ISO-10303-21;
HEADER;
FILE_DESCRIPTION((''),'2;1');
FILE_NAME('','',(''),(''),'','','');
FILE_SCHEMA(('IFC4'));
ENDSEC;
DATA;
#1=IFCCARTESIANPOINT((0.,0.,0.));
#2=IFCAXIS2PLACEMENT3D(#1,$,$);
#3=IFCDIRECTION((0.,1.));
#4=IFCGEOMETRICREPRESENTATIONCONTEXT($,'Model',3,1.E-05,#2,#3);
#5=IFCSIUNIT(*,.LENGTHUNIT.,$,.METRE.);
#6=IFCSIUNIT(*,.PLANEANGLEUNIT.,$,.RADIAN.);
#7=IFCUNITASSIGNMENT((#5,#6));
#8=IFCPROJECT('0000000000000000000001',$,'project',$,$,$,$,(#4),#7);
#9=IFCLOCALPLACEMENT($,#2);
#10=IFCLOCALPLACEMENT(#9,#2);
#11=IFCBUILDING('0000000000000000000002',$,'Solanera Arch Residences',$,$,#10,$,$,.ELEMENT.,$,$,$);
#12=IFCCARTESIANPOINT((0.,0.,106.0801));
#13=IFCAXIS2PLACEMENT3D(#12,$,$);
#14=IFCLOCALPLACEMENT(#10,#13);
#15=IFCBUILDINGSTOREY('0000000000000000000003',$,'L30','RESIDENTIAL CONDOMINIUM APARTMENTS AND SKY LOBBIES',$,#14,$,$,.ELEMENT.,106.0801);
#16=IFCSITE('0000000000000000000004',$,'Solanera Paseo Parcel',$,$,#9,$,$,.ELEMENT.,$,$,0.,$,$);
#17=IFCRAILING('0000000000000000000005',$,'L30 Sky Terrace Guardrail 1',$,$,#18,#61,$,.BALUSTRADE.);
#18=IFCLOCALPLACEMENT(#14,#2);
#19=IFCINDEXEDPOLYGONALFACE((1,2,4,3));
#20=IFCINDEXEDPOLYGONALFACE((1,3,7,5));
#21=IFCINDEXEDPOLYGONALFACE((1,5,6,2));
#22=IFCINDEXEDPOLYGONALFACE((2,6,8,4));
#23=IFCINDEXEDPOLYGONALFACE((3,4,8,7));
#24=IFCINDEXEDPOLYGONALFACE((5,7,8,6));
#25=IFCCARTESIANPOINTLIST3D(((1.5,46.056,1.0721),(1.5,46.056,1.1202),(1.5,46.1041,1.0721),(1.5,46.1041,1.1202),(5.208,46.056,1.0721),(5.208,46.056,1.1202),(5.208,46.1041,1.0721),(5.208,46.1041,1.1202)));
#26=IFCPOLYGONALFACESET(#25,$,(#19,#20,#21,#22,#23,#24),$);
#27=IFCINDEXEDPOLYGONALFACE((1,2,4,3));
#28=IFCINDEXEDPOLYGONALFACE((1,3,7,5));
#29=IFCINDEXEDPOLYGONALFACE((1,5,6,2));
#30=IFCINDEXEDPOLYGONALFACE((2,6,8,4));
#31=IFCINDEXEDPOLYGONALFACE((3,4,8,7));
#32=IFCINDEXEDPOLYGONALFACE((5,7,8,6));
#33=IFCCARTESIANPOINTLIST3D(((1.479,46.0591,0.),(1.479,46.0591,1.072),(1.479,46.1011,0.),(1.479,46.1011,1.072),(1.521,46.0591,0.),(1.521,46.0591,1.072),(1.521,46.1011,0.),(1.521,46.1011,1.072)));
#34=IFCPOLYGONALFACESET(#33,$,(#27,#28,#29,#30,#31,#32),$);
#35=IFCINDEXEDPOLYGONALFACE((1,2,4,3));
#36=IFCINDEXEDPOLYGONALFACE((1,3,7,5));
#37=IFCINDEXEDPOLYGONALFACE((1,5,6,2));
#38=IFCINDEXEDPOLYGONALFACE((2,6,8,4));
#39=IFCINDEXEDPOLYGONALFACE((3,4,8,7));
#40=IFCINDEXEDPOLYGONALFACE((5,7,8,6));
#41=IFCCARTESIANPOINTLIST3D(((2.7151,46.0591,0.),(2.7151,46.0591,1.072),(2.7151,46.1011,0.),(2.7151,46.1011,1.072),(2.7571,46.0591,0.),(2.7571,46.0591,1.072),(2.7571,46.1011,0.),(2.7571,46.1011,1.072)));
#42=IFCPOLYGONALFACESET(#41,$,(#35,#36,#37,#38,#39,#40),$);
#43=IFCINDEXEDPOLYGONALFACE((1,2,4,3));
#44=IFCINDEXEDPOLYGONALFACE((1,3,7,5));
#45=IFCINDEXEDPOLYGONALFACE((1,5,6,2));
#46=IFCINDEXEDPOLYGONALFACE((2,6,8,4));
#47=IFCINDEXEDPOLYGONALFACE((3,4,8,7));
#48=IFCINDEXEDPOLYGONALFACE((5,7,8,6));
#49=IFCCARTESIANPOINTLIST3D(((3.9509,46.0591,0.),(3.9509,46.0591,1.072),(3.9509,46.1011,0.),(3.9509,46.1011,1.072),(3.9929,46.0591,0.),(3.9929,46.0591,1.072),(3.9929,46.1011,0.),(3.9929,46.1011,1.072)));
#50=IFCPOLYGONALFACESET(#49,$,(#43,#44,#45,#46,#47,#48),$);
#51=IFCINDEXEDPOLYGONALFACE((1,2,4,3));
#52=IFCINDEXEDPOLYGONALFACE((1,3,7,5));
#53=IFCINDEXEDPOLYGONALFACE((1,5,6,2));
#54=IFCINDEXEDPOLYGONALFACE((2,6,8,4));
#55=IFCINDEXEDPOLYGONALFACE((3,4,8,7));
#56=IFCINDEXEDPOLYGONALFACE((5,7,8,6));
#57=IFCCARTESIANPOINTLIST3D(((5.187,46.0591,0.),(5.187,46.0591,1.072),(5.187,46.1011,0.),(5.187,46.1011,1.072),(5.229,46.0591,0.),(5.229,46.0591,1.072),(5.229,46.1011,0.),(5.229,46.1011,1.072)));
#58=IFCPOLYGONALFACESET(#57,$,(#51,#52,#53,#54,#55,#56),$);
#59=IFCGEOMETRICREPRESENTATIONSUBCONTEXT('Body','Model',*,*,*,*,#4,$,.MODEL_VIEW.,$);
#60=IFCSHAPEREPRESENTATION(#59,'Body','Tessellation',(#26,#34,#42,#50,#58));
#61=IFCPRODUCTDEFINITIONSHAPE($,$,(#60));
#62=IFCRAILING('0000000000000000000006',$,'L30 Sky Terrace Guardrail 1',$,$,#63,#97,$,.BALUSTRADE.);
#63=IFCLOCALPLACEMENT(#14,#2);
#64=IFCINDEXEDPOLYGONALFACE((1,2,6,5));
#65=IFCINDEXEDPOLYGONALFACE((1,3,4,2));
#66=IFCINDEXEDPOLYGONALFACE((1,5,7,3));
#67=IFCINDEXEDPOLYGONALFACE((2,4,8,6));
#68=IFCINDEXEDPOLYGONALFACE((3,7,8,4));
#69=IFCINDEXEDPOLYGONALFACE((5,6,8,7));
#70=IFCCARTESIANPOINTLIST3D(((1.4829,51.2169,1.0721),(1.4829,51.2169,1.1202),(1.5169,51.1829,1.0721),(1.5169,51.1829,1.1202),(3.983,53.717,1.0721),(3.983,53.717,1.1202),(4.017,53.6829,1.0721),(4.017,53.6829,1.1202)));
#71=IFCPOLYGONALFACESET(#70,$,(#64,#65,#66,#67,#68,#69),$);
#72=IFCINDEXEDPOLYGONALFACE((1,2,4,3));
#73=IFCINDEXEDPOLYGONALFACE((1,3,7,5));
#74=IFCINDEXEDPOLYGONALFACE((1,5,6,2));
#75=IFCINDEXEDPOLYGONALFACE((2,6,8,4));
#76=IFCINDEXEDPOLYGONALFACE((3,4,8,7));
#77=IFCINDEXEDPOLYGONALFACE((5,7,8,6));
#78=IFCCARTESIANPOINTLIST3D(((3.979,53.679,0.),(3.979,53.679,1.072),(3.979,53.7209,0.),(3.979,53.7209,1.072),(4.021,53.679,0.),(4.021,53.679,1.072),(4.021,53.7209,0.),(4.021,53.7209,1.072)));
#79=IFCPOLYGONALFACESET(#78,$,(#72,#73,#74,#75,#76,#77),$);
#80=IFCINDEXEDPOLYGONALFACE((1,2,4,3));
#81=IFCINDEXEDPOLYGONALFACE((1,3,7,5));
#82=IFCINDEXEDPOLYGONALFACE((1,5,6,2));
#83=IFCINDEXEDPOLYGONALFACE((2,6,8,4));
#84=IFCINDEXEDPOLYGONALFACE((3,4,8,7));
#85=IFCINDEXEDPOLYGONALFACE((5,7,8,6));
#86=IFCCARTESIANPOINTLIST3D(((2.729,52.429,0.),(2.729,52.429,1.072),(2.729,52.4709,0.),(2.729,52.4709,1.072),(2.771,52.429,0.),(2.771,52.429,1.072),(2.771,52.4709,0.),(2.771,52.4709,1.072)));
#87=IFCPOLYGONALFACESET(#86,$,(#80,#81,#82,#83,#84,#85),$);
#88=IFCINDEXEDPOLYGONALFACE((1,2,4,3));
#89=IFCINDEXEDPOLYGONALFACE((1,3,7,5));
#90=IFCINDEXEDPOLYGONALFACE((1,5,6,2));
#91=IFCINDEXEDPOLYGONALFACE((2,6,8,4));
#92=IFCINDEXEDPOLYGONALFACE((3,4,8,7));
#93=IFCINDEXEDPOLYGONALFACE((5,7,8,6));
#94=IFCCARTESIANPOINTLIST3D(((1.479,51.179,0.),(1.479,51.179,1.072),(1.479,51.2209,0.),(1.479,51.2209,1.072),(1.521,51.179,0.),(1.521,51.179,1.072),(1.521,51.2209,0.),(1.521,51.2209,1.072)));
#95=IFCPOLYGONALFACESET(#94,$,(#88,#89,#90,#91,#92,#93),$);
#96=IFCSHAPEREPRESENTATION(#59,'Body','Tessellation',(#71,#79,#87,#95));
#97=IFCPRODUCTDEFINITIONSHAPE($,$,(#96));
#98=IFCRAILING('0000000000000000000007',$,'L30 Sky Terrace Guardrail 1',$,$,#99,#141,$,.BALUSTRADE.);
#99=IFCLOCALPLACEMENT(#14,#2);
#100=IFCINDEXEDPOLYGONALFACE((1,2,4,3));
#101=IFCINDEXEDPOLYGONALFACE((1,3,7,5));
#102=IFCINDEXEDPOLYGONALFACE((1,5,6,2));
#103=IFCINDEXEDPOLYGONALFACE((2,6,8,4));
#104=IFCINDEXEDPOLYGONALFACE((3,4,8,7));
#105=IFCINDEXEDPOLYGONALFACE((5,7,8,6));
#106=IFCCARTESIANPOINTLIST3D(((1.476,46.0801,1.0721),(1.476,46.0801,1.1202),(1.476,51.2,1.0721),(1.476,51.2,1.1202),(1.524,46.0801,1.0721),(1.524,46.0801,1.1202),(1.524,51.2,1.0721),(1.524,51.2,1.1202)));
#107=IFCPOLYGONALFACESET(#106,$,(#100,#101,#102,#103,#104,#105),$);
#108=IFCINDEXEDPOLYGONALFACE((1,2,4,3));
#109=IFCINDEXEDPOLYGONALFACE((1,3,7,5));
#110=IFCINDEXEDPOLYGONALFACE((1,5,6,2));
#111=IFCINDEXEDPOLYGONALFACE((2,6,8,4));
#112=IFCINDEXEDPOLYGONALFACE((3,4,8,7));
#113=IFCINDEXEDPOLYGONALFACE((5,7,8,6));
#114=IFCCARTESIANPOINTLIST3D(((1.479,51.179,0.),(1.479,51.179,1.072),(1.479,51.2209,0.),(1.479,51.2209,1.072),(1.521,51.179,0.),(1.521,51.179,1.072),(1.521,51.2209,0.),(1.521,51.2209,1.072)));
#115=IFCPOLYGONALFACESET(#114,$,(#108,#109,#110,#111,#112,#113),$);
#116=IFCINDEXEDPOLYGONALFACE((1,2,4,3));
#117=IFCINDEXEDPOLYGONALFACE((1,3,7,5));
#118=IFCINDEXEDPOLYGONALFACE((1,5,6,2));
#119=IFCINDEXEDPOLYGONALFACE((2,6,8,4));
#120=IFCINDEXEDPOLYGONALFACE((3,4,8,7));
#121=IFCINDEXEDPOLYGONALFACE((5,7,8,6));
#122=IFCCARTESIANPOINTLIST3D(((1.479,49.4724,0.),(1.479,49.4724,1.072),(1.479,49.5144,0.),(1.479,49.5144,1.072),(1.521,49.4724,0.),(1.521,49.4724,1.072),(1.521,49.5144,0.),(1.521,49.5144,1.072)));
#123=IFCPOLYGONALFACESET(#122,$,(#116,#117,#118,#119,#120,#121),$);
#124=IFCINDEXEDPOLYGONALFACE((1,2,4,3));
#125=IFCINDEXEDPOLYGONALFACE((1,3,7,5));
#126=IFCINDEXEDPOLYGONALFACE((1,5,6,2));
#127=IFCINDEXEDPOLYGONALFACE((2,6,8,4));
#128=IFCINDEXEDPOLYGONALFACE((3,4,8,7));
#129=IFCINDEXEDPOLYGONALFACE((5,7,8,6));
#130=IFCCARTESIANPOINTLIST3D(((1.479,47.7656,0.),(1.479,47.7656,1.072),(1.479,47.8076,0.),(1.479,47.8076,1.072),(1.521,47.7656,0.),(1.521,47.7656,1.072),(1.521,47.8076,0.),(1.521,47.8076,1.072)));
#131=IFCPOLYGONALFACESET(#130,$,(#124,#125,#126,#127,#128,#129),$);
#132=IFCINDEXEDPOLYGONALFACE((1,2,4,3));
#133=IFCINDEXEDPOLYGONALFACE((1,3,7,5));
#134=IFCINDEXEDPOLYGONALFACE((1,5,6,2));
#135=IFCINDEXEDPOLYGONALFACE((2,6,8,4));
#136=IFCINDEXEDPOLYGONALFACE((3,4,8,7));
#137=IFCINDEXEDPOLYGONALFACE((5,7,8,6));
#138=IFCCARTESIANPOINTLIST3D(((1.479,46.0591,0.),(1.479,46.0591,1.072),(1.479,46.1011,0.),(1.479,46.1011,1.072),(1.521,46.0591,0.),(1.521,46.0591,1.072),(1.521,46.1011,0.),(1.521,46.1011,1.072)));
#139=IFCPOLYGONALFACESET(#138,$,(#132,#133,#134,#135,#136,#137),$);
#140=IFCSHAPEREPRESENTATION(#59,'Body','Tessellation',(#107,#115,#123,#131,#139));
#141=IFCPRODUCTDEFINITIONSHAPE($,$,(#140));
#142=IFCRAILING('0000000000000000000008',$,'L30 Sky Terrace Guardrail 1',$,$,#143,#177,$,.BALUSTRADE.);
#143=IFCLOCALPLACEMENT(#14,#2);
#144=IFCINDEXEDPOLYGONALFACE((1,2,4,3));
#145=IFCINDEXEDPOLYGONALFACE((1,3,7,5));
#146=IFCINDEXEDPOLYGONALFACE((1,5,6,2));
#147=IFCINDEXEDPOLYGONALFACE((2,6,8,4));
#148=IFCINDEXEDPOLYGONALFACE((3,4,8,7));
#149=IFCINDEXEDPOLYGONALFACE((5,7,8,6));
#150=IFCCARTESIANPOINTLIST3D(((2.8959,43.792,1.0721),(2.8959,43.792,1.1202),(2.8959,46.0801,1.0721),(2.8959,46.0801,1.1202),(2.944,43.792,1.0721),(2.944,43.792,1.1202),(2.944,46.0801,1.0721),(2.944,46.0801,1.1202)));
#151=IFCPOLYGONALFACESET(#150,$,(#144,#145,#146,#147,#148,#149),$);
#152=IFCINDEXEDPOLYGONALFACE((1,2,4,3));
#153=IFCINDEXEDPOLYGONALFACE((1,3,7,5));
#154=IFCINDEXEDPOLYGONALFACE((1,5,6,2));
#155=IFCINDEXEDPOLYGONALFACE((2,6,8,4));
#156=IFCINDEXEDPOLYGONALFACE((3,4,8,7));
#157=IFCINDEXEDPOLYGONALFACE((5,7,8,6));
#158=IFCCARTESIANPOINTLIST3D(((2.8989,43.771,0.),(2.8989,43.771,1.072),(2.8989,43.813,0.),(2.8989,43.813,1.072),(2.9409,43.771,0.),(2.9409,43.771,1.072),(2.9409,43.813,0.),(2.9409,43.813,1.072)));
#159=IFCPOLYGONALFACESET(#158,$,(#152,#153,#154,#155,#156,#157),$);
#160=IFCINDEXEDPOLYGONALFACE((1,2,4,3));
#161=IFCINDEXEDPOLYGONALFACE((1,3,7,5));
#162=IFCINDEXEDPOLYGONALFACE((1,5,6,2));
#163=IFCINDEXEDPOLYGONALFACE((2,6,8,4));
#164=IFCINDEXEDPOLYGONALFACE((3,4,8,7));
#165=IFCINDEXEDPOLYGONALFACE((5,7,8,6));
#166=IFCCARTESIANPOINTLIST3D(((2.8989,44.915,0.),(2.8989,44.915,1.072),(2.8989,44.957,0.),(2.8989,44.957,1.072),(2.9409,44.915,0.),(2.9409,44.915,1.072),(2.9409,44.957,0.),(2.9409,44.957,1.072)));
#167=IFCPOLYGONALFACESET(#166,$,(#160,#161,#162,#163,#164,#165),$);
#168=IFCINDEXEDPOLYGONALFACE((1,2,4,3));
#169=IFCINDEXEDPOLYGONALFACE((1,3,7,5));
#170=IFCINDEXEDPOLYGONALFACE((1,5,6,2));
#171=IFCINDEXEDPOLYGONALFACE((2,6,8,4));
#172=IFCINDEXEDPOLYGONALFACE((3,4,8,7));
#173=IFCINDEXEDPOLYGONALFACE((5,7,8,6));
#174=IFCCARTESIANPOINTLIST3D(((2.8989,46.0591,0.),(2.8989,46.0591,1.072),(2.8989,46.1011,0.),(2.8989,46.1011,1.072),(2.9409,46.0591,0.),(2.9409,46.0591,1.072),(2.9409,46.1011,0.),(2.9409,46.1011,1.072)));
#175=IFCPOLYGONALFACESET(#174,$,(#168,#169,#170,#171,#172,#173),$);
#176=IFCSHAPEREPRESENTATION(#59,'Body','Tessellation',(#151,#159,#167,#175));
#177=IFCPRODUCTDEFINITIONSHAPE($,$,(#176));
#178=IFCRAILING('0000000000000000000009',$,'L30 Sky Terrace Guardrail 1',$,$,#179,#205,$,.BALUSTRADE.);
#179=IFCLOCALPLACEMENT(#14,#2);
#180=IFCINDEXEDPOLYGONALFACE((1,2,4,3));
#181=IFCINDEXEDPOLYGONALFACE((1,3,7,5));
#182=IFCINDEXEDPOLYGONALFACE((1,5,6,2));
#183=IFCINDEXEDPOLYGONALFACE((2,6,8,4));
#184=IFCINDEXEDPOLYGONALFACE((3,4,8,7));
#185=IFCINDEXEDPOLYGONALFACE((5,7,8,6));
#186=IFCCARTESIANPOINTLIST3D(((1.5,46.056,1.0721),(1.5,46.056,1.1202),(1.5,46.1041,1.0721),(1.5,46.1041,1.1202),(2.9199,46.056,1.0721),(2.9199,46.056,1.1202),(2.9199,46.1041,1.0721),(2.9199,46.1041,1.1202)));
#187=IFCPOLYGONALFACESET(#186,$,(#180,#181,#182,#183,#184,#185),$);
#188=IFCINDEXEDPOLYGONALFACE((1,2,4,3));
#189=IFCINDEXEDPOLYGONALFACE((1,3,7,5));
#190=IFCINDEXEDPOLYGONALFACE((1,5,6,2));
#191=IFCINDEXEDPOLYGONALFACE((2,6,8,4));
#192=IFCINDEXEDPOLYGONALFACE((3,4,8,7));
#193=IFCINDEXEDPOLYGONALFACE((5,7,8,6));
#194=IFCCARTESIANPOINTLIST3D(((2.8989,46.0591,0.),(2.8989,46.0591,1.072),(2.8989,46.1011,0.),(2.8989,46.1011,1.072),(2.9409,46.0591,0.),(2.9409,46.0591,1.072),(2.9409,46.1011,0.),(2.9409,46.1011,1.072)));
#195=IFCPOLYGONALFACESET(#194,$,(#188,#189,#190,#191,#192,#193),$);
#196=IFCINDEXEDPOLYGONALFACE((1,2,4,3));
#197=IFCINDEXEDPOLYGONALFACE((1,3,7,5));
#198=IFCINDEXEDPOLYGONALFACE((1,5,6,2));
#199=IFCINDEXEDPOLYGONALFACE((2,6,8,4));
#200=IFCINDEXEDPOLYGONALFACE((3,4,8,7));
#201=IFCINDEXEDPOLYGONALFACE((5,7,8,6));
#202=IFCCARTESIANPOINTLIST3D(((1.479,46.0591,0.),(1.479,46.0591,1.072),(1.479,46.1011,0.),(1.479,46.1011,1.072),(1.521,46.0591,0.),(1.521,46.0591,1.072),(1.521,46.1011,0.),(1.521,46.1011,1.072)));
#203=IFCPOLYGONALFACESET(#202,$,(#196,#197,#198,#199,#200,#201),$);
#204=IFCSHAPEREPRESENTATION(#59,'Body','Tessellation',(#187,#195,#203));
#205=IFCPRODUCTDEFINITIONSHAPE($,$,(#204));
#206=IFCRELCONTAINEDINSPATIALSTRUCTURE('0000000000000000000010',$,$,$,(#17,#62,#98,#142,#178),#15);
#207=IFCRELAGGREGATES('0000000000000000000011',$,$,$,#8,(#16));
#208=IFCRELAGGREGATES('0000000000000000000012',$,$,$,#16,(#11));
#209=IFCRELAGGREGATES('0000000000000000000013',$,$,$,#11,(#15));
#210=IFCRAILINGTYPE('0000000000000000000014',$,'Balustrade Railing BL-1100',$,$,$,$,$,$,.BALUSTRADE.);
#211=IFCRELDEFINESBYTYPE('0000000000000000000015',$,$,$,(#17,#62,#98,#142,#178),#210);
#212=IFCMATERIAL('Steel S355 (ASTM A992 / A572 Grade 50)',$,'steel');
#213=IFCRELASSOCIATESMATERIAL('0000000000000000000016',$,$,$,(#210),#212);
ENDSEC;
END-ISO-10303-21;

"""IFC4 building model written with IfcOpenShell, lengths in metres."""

from ifc_helpers import new_model, si_unit, direction, frame, origin, origin_2d, place, context, subcontext, project, spatial, rectangle, extrude, material, type_object, element, save


model = new_model("IFC4")

# Units and contexts
model_context = context("Model", 3, precision=1e-05, world=origin(), true_north=direction((0.0, 1.0)))
body_context = subcontext(model_context, "Body", "Model", "MODEL_VIEW")
ifc_project = project(units=[si_unit("LENGTHUNIT", "METRE"), si_unit("PLANEANGLEUNIT", "RADIAN")], contexts=[model_context])

# Site, building, storey
site_placement = place(None, origin())
site = spatial("IfcSite", under=ifc_project, at=site_placement, Name="Solanera Paseo Parcel", CompositionType="ELEMENT", RefElevation=0.0)
building_placement = place(site_placement, origin())
building = spatial("IfcBuilding", under=site, at=building_placement, Name="Solanera Arch Residences", CompositionType="ELEMENT")
storey_placement = place(building_placement, frame((0.0, 0.0, 106.0801)))
storey = spatial("IfcBuildingStorey", under=building, at=storey_placement, Name="L30", Description="RESIDENTIAL CONDOMINIUM APARTMENTS AND SKY LOBBIES", CompositionType="ELEMENT", Elevation=106.0801)

# Railings
ifc_material_1 = material(Name="Steel S355 (ASTM A992 / A572 Grade 50)", Category="steel")
railing_type = type_object("IfcRailingType", Name="Balustrade Railing BL-1100", PredefinedType="BALUSTRADE", material=ifc_material_1)
railing_1_placement = place(storey_placement, frame((1.5, 46.0801, 0.0)))
element("IfcRailing", 1, at=railing_1_placement, inside=storey, type_object=railing_type, Name="L30 Sky Terrace Guardrail 1", PredefinedType="BALUSTRADE", context=body_context, shape_type="SweptSolid", body=[
    extrude(rectangle(XDim=0.0481, YDim=0.0481, at=origin_2d()), frame((0.0, 0.0, 1.0962), z_axis=(1.0, 0.0, 0.0), x_axis=(0.0, 1.0, 0.0)), (0.0, 0.0, 1.0), 3.708),
    extrude(rectangle(XDim=0.042, YDim=0.042, at=origin_2d()), origin(), (0.0, 0.0, 1.0), 1.072),
    extrude(rectangle(XDim=0.042, YDim=0.042, at=origin_2d()), frame((1.2361, 0.0, 0.0)), (0.0, 0.0, 1.0), 1.072),
    extrude(rectangle(XDim=0.042, YDim=0.042, at=origin_2d()), frame((2.4719, 0.0, 0.0)), (0.0, 0.0, 1.0), 1.072),
    extrude(rectangle(XDim=0.042, YDim=0.042, at=origin_2d()), frame((3.708, 0.0, 0.0)), (0.0, 0.0, 1.0), 1.072),
])
railing_2_placement = place(storey_placement, frame((4.0, 53.7, 0.0)))
element("IfcRailing", 2, at=railing_2_placement, inside=storey, type_object=railing_type, Name="L30 Sky Terrace Guardrail 1", PredefinedType="BALUSTRADE", context=body_context, shape_type="SweptSolid", body=[
    extrude(rectangle(XDim=0.0481, YDim=0.0481, at=origin_2d()), frame((0.0, 0.0, 1.0962), z_axis=(-0.707107, -0.707107, 0.0), x_axis=(0.707107, -0.707107, 0.0)), (0.0, 0.0, 1.0), 3.5356),
    extrude(rectangle(XDim=0.042, YDim=0.042, at=origin_2d()), origin(), (0.0, 0.0, 1.0), 1.072),
    extrude(rectangle(XDim=0.042, YDim=0.042, at=origin_2d()), frame((-1.25, -1.25, 0.0)), (0.0, 0.0, 1.0), 1.072),
    extrude(rectangle(XDim=0.042, YDim=0.042, at=origin_2d()), frame((-2.5, -2.5, 0.0)), (0.0, 0.0, 1.0), 1.072),
])
railing_3_placement = place(storey_placement, frame((1.5, 51.2, 0.0)))
element("IfcRailing", 3, at=railing_3_placement, inside=storey, type_object=railing_type, Name="L30 Sky Terrace Guardrail 1", PredefinedType="BALUSTRADE", context=body_context, shape_type="SweptSolid", body=[
    extrude(rectangle(XDim=0.0481, YDim=0.0481, at=origin_2d()), frame((0.0, 0.0, 1.0962), z_axis=(0.0, -1.0, 0.0), x_axis=(1.0, 0.0, 0.0)), (0.0, 0.0, 1.0), 5.1199),
    extrude(rectangle(XDim=0.042, YDim=0.042, at=origin_2d()), origin(), (0.0, 0.0, 1.0), 1.072),
    extrude(rectangle(XDim=0.042, YDim=0.042, at=origin_2d()), frame((0.0, -1.7065, 0.0)), (0.0, 0.0, 1.0), 1.072),
    extrude(rectangle(XDim=0.042, YDim=0.042, at=origin_2d()), frame((0.0, -3.4133, 0.0)), (0.0, 0.0, 1.0), 1.072),
    extrude(rectangle(XDim=0.042, YDim=0.042, at=origin_2d()), frame((0.0, -5.1199, 0.0)), (0.0, 0.0, 1.0), 1.072),
])
railing_4_placement = place(storey_placement, frame((2.9199, 43.792, 0.0)))
element("IfcRailing", 4, at=railing_4_placement, inside=storey, type_object=railing_type, Name="L30 Sky Terrace Guardrail 1", PredefinedType="BALUSTRADE", context=body_context, shape_type="SweptSolid", body=[
    extrude(rectangle(XDim=0.0481, YDim=0.0481, at=origin_2d()), frame((0.0, 0.0, 1.0962), z_axis=(0.0, 1.0, 0.0), x_axis=(-1.0, 0.0, 0.0)), (0.0, 0.0, 1.0), 2.2881),
    extrude(rectangle(XDim=0.042, YDim=0.042, at=origin_2d()), origin(), (0.0, 0.0, 1.0), 1.072),
    extrude(rectangle(XDim=0.042, YDim=0.042, at=origin_2d()), frame((0.0, 1.144, 0.0)), (0.0, 0.0, 1.0), 1.072),
    extrude(rectangle(XDim=0.042, YDim=0.042, at=origin_2d()), frame((0.0, 2.2881, 0.0)), (0.0, 0.0, 1.0), 1.072),
])
railing_5_placement = place(storey_placement, frame((2.9199, 46.0801, 0.0)))
element("IfcRailing", 5, at=railing_5_placement, inside=storey, type_object=railing_type, Name="L30 Sky Terrace Guardrail 1", PredefinedType="BALUSTRADE", context=body_context, shape_type="SweptSolid", body=[
    extrude(rectangle(XDim=0.0481, YDim=0.0481, at=origin_2d()), frame((0.0, 0.0, 1.0962), z_axis=(-1.0, 0.0, 0.0), x_axis=(0.0, -1.0, 0.0)), (0.0, 0.0, 1.0), 1.4199),
    extrude(rectangle(XDim=0.042, YDim=0.042, at=origin_2d()), origin(), (0.0, 0.0, 1.0), 1.072),
    extrude(rectangle(XDim=0.042, YDim=0.042, at=origin_2d()), frame((-1.4199, 0.0, 0.0)), (0.0, 0.0, 1.0), 1.072),
])

save(model, "model.ifc")
